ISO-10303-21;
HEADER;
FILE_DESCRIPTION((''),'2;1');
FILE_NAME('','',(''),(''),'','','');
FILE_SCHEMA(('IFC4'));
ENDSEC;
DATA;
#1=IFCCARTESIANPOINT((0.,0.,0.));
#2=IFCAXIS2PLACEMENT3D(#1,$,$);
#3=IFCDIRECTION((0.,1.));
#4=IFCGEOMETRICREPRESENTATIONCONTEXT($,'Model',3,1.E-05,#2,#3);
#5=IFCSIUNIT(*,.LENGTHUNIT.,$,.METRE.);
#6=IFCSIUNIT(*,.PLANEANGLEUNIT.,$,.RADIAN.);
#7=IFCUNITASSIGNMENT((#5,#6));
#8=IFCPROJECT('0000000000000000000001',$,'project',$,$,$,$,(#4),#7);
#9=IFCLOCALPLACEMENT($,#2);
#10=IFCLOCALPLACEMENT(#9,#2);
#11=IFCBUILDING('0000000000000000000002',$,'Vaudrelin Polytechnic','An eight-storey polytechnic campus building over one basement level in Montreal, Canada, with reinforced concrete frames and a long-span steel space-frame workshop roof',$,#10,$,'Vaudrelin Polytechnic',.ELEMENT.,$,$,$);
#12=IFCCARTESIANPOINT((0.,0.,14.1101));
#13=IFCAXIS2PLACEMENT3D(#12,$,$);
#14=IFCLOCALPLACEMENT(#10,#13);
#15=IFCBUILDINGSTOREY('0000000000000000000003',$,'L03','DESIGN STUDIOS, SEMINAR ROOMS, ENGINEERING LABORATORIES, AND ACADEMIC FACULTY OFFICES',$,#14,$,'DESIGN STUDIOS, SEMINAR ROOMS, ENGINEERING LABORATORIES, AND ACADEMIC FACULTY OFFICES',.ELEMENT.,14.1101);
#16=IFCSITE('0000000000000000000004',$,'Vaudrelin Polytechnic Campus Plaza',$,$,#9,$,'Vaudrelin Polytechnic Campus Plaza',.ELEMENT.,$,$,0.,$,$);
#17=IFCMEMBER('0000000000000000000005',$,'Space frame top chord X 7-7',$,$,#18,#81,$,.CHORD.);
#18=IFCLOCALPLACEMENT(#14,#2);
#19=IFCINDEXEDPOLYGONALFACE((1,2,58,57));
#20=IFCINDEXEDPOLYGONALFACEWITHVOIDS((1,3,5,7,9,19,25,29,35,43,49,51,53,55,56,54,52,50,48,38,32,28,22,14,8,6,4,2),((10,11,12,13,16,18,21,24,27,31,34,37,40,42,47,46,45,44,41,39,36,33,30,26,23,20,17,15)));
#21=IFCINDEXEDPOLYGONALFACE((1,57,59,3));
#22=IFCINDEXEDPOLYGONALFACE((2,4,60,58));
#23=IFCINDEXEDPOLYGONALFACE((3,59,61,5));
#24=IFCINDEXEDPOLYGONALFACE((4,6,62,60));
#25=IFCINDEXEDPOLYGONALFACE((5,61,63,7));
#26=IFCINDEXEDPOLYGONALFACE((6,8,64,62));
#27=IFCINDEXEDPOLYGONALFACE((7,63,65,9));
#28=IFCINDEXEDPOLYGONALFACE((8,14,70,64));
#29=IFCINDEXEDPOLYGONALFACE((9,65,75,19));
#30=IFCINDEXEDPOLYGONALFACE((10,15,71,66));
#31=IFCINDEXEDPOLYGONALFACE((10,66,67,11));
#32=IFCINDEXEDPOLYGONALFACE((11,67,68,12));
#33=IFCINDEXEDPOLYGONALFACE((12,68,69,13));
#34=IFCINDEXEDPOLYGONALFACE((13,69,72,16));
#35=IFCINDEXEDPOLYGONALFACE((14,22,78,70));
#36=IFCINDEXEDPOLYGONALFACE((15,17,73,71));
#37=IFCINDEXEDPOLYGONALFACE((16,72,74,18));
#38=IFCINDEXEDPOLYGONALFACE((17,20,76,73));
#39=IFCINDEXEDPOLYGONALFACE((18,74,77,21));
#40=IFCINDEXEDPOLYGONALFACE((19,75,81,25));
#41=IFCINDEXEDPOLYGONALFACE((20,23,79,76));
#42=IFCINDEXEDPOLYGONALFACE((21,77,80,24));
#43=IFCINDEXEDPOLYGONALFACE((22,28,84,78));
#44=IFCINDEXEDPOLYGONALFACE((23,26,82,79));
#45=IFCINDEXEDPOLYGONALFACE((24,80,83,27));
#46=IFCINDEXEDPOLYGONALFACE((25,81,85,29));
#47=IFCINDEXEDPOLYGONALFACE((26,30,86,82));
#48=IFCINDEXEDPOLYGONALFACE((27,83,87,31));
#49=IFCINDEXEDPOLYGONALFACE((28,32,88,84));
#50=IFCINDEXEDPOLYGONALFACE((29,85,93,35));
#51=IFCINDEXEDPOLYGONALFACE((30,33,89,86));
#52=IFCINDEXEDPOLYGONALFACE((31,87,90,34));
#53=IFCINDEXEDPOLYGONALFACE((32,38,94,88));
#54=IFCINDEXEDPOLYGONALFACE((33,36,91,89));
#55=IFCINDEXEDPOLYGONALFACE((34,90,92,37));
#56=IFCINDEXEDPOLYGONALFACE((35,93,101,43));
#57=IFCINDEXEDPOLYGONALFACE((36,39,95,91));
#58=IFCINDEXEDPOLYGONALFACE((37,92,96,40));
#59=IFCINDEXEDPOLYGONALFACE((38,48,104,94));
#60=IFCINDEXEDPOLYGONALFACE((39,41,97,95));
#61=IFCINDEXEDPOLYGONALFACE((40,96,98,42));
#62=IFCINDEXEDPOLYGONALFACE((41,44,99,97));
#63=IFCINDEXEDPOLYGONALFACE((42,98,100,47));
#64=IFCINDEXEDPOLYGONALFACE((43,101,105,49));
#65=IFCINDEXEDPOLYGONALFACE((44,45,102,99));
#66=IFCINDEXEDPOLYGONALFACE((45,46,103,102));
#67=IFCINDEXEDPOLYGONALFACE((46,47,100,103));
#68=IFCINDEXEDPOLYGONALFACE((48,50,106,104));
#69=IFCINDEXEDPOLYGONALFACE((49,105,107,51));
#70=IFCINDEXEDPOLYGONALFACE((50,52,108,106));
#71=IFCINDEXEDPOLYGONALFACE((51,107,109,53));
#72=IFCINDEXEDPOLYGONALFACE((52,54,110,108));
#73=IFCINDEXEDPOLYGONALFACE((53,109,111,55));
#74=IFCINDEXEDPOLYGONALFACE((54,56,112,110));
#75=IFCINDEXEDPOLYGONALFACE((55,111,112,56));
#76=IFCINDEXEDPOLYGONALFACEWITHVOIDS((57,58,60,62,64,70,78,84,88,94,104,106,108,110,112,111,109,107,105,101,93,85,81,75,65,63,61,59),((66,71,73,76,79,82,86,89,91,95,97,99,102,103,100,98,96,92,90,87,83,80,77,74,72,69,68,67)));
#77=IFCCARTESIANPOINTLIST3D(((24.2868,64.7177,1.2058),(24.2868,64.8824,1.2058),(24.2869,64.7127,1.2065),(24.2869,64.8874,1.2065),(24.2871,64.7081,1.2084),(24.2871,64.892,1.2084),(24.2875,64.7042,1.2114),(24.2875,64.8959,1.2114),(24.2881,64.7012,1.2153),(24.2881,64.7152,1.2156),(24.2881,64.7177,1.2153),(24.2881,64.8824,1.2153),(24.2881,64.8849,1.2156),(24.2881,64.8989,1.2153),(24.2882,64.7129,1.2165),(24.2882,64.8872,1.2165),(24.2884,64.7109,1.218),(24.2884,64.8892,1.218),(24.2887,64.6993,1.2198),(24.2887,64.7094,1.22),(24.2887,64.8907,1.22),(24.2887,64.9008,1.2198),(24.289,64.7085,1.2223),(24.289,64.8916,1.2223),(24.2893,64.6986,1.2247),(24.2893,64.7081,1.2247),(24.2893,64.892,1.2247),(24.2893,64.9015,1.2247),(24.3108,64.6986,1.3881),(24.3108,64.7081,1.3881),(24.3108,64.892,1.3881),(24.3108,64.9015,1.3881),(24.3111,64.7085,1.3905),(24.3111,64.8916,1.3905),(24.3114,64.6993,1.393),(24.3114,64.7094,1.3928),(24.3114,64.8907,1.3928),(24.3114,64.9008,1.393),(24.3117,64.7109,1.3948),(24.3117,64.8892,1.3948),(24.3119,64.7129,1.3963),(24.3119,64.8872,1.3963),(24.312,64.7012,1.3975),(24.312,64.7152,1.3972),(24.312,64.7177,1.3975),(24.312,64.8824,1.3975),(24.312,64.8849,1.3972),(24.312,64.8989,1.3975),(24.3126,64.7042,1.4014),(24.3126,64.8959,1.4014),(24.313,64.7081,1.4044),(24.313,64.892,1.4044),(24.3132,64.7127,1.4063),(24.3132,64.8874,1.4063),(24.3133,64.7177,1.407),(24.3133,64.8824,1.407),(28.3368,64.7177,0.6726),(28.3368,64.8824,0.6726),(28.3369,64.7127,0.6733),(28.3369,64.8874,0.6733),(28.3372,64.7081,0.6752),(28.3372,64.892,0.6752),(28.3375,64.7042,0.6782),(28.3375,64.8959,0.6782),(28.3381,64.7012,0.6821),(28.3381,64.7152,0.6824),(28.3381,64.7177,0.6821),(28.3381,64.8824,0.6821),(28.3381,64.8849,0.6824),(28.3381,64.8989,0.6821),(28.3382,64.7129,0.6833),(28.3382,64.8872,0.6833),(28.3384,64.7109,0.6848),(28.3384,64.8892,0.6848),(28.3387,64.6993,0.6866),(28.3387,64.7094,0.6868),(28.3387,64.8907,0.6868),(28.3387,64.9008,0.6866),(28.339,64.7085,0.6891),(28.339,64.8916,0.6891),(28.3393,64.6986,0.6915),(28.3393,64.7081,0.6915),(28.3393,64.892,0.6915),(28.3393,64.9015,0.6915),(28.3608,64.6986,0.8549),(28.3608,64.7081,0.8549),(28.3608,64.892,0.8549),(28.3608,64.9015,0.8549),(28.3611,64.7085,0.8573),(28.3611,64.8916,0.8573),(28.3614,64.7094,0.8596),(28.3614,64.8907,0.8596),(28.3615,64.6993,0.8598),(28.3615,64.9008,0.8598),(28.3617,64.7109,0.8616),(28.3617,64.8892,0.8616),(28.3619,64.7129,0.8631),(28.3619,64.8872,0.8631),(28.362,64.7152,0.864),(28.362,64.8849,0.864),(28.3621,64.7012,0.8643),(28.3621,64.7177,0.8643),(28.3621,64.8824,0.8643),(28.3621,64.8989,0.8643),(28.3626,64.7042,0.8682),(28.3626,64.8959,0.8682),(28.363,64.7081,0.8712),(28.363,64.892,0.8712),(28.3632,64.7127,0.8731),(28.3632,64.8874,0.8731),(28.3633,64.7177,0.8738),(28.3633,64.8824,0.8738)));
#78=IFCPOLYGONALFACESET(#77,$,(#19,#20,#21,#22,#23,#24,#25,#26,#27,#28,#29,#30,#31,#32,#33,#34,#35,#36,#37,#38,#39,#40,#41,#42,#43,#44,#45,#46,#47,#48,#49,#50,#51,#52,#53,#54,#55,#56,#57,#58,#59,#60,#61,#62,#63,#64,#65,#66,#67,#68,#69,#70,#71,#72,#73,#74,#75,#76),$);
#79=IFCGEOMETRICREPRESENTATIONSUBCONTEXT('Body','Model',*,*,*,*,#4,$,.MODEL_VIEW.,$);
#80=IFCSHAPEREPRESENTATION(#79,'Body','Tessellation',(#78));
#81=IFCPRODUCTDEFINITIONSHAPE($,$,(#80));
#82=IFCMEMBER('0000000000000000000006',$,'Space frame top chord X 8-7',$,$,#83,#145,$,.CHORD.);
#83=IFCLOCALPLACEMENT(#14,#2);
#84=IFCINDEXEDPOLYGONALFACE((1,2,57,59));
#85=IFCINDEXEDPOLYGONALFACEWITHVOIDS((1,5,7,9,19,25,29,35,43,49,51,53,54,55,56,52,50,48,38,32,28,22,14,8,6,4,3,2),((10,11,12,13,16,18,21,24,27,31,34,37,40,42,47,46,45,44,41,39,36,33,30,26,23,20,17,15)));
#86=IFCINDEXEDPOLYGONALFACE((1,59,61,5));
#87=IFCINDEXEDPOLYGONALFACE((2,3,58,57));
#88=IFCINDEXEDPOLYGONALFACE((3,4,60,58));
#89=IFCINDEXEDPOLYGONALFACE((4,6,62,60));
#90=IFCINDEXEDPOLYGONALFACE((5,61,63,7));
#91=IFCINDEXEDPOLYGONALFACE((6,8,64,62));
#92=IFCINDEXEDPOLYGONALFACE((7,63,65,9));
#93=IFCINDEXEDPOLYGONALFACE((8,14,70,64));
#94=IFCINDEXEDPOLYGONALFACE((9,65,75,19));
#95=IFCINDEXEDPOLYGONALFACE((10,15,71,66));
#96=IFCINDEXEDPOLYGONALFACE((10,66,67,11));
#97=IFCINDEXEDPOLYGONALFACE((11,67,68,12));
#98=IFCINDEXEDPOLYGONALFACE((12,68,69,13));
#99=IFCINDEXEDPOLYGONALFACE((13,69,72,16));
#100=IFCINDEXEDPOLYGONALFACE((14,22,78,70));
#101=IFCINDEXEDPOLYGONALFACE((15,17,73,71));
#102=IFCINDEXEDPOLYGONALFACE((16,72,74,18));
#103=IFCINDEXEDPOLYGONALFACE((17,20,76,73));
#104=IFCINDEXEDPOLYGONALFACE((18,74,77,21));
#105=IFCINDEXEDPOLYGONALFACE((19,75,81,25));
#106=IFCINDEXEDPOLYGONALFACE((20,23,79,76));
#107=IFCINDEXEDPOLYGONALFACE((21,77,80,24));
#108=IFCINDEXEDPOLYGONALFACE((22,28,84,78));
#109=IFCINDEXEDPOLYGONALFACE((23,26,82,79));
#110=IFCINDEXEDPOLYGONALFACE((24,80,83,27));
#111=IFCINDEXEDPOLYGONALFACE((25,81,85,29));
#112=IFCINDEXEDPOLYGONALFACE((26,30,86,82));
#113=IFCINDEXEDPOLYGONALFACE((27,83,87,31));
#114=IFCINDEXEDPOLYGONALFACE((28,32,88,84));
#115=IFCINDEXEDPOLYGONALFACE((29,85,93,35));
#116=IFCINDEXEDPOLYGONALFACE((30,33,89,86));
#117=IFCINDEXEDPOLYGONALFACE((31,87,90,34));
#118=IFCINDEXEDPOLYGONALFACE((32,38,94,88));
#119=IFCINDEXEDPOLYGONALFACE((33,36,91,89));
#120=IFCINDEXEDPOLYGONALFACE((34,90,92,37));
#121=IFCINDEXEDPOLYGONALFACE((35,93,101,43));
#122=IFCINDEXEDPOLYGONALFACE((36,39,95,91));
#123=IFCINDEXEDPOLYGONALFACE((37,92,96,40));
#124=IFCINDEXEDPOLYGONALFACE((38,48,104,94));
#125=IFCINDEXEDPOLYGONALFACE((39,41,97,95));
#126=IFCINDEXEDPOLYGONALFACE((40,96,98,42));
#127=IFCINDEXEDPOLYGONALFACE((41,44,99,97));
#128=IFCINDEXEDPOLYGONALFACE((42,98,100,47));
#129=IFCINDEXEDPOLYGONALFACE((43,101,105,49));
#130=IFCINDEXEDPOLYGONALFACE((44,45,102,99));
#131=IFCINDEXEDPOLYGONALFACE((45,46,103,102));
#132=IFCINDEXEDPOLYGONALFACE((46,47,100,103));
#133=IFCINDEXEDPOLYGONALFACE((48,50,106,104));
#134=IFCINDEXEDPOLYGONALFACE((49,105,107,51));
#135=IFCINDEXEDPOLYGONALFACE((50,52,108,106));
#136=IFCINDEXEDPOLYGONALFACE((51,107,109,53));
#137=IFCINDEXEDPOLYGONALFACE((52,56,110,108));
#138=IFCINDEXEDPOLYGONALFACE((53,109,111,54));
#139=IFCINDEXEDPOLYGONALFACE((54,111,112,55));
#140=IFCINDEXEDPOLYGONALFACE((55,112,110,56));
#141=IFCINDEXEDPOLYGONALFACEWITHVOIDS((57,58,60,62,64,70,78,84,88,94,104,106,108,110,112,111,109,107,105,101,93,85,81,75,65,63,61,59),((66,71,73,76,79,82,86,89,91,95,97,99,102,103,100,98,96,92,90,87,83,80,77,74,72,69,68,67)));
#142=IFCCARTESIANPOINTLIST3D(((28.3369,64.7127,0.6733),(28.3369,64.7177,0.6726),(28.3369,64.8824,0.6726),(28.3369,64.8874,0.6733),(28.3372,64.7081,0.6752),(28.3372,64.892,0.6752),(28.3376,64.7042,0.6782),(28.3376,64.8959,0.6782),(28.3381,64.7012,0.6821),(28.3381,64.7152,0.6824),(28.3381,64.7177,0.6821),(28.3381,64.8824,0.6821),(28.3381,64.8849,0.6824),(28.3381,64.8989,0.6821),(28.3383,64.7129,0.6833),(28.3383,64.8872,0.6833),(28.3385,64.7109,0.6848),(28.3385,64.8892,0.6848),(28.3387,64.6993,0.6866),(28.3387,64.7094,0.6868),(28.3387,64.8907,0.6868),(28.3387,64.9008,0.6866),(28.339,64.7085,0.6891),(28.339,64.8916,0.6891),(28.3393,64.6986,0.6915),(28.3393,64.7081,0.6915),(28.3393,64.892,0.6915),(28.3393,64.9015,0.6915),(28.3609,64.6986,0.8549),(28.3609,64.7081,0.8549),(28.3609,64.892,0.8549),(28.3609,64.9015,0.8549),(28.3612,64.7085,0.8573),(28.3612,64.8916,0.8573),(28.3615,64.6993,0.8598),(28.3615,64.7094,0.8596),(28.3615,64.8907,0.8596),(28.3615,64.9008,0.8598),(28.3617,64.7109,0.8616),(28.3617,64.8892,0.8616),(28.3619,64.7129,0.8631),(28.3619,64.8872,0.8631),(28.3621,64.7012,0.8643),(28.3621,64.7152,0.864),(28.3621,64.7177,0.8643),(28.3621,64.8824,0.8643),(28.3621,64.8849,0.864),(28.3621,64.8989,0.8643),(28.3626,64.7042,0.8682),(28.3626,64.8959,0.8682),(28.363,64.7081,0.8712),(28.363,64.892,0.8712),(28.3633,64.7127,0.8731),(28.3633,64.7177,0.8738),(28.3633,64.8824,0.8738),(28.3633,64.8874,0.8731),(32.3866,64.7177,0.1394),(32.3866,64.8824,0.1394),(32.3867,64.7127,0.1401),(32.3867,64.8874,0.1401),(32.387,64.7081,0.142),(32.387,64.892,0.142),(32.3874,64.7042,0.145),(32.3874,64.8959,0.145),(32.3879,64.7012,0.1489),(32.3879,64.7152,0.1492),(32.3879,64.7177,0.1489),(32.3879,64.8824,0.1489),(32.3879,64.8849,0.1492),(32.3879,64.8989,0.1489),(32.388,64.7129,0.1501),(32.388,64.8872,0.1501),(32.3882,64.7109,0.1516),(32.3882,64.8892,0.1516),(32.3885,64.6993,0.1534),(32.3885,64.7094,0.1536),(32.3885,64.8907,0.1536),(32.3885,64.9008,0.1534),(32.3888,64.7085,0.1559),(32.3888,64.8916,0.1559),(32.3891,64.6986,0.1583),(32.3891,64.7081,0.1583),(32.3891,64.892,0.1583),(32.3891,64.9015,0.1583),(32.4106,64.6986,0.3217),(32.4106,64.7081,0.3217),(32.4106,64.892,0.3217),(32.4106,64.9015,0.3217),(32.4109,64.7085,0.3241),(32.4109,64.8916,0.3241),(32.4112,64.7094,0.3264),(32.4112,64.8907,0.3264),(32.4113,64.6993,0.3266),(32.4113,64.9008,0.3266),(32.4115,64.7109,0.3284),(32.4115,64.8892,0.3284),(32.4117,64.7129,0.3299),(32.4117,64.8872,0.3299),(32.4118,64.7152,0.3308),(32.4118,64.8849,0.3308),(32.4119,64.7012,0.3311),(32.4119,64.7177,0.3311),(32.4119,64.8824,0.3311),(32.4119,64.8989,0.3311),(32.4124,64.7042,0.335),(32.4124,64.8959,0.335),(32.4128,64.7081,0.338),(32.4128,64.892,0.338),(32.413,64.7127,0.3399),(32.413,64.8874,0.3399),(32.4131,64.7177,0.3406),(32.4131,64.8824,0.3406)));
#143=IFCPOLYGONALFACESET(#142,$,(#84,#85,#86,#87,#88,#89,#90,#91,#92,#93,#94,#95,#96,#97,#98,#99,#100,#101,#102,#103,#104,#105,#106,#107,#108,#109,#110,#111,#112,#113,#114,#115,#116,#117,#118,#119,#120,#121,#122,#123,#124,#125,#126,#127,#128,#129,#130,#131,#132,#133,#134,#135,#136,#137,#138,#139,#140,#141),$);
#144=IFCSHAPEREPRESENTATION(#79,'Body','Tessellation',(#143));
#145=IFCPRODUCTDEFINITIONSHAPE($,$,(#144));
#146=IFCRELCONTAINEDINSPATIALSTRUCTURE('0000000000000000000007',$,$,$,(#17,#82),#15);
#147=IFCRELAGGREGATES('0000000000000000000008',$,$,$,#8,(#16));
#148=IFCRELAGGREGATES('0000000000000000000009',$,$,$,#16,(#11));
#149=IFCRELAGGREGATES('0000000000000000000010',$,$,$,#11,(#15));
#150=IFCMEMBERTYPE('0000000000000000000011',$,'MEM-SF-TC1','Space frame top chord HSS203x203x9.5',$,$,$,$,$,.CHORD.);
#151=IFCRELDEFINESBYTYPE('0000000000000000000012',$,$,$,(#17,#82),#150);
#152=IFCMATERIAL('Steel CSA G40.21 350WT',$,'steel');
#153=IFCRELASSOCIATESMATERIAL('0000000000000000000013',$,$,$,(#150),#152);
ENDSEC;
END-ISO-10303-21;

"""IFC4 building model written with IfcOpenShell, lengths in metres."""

from ifc_helpers import new_model, si_unit, direction, frame, origin, origin_2d, place, context, subcontext, project, spatial, hollow_rectangle, extrude, material, material_profile, profile_set, type_object, element, save


model = new_model("IFC4")

# Units and contexts
model_context = context("Model", 3, precision=1e-05, world=origin(), true_north=direction((0.0, 1.0)))
body_context = subcontext(model_context, "Body", "Model", "MODEL_VIEW")
ifc_project = project(units=[si_unit("LENGTHUNIT", "METRE"), si_unit("PLANEANGLEUNIT", "RADIAN")], contexts=[model_context])

# Site, building, storey
site_placement = place(None, origin())
site = spatial("IfcSite", under=ifc_project, at=site_placement, Name="Vaudrelin Polytechnic Campus Plaza", LongName="Vaudrelin Polytechnic Campus Plaza", CompositionType="ELEMENT", RefElevation=0.0)
building_placement = place(site_placement, origin())
building = spatial("IfcBuilding", under=site, at=building_placement, Name="Vaudrelin Polytechnic", Description="An eight-storey polytechnic campus building over one basement level in Montreal, Canada, with reinforced concrete frames and a long-span steel space-frame workshop roof", LongName="Vaudrelin Polytechnic", CompositionType="ELEMENT")
storey_placement = place(building_placement, frame((0.0, 0.0, 14.1101)))
storey = spatial("IfcBuildingStorey", under=building, at=storey_placement, Name="L03", Description="DESIGN STUDIOS, SEMINAR ROOMS, ENGINEERING LABORATORIES, AND ACADEMIC FACULTY OFFICES", LongName="DESIGN STUDIOS, SEMINAR ROOMS, ENGINEERING LABORATORIES, AND ACADEMIC FACULTY OFFICES", CompositionType="ELEMENT", Elevation=14.1101)

# Members
ifc_material_1 = material(Name="Steel CSA G40.21 350WT", Category="steel")
ifc_material_profile_1 = material_profile(ifc_material_1, hollow_rectangle(XDim=0.2029, YDim=0.2029, WallThickness=0.0095, InnerFilletRadius=0.0095, OuterFilletRadius=0.019, at=origin_2d()), Name="HSS203x203x9.5")
ifc_profile_set_1 = profile_set([ifc_material_profile_1], Name="Steel CSA G40.21 350WT")
member_type_1 = type_object("IfcMemberType", Name="MEM-SF-TC1", Description="Space frame top chord HSS203x203x9.5", PredefinedType="CHORD", material=ifc_profile_set_1)
member_1_placement = place(storey_placement, frame((24.3, 64.8, 1.3064), z_axis=(0.991445, 0.0, -0.130527), x_axis=(0.0, 1.0, 0.0)))
element("IfcMember", 1, at=member_1_placement, inside=storey, type_object=member_type_1, Name="Space frame top chord X 7-7", PredefinedType="CHORD", context=body_context, shape_type="SweptSolid", body=[
    extrude(hollow_rectangle(XDim=0.2029, YDim=0.2029, WallThickness=0.0095, InnerFilletRadius=0.0095, OuterFilletRadius=0.019, at=origin_2d()), origin(), (0.0, 0.0, 1.0), 4.085),
])
member_2_placement = place(storey_placement, frame((28.3501, 64.8, 0.7732), z_axis=(0.991444, 0.0, -0.130535), x_axis=(0.0, 1.0, 0.0)))
element("IfcMember", 2, at=member_2_placement, inside=storey, type_object=member_type_1, Name="Space frame top chord X 8-7", PredefinedType="CHORD", context=body_context, shape_type="SweptSolid", body=[
    extrude(hollow_rectangle(XDim=0.2029, YDim=0.2029, WallThickness=0.0095, InnerFilletRadius=0.0095, OuterFilletRadius=0.019, at=origin_2d()), origin(), (0.0, 0.0, 1.0), 4.0847),
])

save(model, "model.ifc")
